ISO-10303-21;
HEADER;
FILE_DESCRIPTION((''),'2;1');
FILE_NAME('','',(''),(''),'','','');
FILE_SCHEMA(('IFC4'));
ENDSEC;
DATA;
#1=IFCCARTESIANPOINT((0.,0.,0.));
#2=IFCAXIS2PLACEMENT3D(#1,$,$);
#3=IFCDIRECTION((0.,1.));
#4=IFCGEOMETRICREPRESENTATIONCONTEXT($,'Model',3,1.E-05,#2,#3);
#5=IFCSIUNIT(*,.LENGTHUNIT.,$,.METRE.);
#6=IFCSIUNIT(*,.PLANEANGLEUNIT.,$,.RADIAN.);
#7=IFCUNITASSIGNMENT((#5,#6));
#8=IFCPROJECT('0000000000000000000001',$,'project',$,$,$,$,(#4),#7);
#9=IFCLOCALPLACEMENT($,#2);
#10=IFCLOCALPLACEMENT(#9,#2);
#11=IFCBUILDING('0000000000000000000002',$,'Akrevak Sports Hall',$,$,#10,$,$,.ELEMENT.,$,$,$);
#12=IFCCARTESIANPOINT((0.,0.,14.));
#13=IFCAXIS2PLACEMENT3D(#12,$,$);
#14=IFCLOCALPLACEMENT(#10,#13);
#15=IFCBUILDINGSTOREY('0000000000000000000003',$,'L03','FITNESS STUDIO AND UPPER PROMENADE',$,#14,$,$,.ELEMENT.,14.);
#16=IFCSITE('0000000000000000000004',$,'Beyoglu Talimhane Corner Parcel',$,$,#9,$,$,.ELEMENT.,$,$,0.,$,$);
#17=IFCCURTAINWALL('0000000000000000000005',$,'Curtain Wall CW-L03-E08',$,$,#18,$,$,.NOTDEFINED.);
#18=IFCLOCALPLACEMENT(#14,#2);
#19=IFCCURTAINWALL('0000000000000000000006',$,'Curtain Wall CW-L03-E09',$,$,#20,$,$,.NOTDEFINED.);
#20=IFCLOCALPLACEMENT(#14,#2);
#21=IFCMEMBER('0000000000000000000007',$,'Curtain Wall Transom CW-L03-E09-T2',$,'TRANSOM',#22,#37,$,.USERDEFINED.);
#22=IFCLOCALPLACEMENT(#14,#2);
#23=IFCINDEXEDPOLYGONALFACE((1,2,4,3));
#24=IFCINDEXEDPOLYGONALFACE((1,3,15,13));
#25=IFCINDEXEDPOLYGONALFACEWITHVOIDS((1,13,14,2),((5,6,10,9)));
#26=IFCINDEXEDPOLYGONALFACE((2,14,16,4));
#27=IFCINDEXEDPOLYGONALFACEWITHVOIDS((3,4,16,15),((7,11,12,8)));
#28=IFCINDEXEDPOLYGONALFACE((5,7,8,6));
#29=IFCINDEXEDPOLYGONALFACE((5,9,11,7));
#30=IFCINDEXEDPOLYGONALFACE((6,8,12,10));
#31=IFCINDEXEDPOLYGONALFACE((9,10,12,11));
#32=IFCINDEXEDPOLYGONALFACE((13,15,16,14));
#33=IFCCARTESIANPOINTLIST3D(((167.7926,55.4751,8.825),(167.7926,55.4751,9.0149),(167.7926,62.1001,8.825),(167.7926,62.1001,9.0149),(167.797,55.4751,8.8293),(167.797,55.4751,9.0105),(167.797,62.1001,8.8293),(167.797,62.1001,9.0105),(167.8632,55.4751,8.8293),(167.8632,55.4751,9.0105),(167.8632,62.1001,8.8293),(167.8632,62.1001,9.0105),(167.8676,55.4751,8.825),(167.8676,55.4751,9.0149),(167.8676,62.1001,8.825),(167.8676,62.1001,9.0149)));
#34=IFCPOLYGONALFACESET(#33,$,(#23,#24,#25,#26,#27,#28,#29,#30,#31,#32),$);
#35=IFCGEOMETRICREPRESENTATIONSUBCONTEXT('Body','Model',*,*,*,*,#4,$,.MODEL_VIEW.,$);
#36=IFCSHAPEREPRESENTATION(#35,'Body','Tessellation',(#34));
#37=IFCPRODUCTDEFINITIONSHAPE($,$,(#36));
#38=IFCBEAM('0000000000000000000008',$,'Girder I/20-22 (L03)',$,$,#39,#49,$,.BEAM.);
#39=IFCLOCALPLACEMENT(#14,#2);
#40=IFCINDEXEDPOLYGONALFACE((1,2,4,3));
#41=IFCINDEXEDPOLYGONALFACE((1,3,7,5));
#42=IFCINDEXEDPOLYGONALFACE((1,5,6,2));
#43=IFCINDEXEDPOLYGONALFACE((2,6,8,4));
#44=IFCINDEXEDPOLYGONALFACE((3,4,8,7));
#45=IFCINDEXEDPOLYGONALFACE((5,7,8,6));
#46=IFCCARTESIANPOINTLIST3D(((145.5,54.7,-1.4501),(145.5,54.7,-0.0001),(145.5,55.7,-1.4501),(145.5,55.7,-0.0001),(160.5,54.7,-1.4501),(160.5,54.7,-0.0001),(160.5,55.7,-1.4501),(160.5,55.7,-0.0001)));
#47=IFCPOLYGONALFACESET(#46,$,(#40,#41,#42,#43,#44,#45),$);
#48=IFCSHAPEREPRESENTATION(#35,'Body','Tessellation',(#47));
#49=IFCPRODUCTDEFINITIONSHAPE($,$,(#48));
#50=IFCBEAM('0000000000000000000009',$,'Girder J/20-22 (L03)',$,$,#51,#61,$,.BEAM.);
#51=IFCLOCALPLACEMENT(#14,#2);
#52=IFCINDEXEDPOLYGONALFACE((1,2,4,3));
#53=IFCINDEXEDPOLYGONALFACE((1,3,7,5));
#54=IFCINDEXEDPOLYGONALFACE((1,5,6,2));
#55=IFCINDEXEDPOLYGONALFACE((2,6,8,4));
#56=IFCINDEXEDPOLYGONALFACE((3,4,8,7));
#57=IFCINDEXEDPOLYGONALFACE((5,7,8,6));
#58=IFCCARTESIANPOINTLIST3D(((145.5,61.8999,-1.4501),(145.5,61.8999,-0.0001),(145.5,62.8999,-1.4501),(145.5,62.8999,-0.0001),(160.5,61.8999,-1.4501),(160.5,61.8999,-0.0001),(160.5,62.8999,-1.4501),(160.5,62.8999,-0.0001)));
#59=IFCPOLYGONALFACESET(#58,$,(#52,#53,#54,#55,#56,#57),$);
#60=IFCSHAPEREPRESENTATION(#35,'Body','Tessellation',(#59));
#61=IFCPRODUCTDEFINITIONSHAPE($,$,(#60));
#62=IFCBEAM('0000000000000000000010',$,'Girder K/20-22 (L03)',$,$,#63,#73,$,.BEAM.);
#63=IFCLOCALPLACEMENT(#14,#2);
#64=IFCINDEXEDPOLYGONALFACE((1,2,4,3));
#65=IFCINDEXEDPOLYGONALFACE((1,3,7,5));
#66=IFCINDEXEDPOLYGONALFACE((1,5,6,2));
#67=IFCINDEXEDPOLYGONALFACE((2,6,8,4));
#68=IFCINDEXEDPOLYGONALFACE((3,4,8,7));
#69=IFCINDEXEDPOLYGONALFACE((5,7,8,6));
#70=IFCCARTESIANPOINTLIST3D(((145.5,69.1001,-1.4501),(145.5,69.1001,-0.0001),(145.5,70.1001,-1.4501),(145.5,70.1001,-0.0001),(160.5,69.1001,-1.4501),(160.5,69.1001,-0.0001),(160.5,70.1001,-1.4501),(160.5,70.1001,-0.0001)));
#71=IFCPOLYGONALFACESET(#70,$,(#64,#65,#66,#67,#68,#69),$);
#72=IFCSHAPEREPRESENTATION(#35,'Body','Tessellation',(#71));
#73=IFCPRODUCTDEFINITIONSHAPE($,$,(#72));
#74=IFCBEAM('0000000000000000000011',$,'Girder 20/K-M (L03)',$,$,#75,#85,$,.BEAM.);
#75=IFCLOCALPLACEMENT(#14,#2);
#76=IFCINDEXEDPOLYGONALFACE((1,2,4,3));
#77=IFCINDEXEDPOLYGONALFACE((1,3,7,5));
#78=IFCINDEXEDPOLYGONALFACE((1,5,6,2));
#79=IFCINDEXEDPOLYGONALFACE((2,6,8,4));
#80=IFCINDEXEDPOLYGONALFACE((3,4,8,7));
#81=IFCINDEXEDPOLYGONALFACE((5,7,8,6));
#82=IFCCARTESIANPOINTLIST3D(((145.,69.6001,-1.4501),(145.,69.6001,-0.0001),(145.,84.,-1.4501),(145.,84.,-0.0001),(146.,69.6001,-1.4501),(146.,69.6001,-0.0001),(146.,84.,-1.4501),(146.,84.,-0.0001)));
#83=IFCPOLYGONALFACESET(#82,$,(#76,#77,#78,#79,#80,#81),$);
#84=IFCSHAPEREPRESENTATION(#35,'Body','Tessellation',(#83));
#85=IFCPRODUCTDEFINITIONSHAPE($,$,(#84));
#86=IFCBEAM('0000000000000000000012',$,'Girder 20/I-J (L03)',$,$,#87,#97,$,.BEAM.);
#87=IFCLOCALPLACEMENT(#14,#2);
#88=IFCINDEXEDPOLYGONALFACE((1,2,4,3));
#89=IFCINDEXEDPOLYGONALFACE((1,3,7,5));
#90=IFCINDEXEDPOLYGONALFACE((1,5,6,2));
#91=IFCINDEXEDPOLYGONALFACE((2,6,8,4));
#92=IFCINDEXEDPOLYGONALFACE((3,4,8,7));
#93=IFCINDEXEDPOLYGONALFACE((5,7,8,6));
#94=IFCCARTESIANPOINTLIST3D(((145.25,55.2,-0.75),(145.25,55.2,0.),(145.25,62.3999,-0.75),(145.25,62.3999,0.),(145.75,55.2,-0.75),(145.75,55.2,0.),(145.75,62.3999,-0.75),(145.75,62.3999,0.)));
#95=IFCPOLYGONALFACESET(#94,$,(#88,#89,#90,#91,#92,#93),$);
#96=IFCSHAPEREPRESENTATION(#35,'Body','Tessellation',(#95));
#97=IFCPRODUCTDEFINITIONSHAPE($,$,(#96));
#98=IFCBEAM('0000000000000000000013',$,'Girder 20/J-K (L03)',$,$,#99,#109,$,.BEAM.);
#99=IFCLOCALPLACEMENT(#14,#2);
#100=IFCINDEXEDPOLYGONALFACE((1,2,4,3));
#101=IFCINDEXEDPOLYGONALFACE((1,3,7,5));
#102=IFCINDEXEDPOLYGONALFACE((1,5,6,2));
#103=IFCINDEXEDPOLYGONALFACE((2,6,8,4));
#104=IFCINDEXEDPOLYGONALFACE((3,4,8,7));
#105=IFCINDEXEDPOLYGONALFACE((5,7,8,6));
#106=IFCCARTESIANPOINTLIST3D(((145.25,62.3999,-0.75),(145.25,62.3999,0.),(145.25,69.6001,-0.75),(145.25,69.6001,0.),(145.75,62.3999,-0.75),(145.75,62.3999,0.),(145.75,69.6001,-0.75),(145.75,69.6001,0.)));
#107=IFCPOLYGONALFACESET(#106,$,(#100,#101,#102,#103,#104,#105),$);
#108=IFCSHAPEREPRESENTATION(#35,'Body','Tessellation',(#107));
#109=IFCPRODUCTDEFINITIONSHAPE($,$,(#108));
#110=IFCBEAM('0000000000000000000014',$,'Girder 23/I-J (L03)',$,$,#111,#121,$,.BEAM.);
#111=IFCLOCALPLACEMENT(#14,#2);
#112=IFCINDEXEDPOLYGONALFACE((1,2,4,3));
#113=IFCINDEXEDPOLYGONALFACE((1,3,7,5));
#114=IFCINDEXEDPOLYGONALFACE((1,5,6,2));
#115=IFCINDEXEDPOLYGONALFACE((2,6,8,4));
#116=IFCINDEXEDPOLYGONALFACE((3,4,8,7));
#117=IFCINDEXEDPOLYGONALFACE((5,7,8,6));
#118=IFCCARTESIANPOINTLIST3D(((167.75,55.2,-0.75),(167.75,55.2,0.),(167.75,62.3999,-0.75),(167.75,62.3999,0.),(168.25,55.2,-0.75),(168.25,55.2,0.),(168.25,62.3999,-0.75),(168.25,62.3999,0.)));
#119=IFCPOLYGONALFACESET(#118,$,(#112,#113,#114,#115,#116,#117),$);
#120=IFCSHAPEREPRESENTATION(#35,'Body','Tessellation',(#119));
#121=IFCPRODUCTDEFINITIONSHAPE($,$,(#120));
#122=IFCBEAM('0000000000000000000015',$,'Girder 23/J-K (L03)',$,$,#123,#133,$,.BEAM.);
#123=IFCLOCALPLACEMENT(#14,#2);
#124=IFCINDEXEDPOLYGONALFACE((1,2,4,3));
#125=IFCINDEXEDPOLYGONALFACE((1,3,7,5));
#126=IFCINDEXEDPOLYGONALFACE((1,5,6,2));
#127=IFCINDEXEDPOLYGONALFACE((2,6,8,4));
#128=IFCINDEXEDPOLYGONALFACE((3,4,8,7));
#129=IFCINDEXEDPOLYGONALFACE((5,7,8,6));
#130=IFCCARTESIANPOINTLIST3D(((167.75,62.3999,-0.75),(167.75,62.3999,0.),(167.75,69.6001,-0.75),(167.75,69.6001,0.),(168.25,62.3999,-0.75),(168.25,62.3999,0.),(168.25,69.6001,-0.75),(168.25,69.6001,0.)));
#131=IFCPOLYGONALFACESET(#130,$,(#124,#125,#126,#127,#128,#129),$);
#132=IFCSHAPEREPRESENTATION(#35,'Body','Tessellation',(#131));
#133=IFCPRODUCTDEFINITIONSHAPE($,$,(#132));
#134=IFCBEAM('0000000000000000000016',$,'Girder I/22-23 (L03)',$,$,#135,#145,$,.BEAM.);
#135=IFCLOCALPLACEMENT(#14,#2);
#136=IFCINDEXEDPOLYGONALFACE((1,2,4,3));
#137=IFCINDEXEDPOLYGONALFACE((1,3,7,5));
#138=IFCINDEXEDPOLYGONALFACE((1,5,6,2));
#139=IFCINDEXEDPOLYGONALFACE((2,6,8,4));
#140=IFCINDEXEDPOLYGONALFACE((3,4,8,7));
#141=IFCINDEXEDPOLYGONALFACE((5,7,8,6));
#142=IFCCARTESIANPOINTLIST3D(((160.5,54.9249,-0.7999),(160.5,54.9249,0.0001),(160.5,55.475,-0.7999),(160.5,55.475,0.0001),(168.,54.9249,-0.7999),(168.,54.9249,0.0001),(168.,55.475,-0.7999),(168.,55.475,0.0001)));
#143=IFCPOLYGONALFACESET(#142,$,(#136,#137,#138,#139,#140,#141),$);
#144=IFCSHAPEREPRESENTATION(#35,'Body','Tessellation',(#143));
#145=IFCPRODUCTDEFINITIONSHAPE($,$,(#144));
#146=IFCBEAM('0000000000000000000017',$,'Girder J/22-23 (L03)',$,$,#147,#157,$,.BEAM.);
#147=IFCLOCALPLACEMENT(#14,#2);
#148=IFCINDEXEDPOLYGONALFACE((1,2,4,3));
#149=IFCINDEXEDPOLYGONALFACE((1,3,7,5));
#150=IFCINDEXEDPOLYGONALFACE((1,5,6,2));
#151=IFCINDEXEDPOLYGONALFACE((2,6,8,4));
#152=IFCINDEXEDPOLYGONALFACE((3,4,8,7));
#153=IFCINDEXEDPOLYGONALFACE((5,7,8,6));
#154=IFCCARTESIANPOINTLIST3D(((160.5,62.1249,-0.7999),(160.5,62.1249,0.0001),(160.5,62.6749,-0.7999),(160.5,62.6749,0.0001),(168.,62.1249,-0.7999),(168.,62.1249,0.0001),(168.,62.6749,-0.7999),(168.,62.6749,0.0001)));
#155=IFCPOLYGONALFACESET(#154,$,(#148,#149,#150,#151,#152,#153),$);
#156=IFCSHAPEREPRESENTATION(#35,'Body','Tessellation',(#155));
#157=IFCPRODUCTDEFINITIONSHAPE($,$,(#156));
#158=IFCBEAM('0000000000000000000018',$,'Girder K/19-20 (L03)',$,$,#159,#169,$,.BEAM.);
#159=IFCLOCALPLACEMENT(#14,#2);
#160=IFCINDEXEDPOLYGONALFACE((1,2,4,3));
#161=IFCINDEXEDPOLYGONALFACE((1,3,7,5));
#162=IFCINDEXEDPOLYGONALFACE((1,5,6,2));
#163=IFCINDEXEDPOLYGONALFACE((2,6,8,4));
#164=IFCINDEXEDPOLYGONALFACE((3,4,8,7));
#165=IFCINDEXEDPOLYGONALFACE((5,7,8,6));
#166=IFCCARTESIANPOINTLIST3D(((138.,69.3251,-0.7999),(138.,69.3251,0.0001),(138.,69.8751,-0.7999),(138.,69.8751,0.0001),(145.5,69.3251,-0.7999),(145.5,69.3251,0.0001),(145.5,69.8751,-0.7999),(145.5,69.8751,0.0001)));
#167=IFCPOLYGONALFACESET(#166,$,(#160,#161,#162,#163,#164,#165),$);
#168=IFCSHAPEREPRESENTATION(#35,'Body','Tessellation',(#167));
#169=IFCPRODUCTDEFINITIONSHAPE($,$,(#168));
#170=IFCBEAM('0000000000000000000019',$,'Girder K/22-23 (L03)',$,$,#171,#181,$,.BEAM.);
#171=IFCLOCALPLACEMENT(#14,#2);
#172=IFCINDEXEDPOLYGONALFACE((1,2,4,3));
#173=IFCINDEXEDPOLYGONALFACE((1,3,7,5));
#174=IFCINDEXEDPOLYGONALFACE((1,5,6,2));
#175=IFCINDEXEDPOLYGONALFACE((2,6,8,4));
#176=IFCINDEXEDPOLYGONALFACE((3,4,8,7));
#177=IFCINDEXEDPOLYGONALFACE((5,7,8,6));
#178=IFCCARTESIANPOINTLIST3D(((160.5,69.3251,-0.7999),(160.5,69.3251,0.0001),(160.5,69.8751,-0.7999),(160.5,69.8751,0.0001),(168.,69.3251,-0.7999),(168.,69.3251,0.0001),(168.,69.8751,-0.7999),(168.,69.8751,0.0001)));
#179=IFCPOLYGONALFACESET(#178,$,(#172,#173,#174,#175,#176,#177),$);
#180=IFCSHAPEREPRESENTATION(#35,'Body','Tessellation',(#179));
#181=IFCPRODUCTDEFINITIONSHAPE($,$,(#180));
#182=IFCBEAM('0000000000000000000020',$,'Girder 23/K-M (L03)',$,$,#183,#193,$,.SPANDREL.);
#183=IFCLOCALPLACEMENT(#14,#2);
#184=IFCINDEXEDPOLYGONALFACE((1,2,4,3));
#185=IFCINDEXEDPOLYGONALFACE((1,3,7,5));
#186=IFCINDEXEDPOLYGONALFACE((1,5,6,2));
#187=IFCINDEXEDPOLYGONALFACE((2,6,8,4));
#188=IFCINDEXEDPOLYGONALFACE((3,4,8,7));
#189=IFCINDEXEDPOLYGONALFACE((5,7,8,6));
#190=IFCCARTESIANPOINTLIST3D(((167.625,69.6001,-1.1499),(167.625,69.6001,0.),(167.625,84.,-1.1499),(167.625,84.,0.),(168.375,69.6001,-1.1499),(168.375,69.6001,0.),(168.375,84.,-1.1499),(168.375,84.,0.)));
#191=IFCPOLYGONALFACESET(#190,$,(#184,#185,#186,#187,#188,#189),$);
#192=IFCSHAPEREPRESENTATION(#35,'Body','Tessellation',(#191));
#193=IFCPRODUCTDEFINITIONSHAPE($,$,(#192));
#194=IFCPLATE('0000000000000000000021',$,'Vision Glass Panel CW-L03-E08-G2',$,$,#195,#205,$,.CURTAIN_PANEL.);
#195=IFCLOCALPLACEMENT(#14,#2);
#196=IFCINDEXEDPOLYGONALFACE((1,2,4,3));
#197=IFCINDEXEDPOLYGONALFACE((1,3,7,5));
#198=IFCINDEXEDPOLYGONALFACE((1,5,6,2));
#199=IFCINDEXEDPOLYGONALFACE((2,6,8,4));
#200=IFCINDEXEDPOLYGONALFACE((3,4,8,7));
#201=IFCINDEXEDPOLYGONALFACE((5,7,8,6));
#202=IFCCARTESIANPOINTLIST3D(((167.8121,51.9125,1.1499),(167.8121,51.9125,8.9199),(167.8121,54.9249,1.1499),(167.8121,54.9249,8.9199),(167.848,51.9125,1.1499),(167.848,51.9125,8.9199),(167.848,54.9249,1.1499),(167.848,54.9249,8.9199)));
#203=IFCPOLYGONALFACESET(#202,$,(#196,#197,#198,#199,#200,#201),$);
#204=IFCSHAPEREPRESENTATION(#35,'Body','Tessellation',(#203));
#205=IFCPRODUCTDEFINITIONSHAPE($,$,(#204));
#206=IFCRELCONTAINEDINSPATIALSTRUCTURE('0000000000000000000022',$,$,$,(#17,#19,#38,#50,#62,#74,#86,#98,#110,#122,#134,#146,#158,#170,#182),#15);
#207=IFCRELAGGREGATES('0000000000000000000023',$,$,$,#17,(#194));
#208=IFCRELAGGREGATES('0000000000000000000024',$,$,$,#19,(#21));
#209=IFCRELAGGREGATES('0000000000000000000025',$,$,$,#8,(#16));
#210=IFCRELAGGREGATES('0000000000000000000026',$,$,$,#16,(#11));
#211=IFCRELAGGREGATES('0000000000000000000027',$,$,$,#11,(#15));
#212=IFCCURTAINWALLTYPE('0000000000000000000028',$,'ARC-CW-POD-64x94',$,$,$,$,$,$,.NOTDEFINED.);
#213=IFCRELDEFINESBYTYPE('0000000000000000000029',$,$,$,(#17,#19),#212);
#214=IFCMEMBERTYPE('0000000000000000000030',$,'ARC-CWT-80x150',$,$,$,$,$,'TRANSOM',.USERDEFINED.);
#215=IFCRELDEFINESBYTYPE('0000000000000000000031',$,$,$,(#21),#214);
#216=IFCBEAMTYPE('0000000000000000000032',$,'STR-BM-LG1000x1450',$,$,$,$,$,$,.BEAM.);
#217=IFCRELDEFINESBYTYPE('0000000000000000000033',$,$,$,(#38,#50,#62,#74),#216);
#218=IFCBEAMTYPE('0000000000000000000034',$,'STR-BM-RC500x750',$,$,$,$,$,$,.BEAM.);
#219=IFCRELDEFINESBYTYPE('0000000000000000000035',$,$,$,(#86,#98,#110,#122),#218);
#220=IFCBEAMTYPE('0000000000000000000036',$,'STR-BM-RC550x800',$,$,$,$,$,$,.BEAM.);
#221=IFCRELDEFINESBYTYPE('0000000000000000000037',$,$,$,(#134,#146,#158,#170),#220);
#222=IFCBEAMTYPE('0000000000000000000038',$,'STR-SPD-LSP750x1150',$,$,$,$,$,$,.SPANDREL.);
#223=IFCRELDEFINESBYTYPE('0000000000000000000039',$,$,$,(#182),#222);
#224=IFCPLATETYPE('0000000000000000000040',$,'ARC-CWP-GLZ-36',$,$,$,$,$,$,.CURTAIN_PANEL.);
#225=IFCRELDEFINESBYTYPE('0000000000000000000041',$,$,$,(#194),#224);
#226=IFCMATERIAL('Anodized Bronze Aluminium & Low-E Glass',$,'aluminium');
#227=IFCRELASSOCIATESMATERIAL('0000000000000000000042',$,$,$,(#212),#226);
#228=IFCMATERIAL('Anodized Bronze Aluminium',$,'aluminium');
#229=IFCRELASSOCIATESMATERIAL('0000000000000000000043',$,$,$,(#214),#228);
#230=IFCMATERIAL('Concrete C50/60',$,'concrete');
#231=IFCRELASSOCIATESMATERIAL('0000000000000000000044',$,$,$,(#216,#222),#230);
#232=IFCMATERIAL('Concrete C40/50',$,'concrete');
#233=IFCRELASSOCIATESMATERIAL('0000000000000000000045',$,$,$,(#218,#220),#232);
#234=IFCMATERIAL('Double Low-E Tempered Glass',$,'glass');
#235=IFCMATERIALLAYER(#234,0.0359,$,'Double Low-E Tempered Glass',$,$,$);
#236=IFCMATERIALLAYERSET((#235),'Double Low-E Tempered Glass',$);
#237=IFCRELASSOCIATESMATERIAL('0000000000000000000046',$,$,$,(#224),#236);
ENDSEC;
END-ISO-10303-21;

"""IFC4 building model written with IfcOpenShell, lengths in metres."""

from ifc_helpers import new_model, si_unit, direction, frame, origin, origin_2d, place, context, subcontext, project, spatial, rectangle, hollow_rectangle, extrude, material, layer, layer_set, material_profile, profile_set, type_object, element, aggregate, save


model = new_model("IFC4")

# Units and contexts
model_context = context("Model", 3, precision=1e-05, world=origin(), true_north=direction((0.0, 1.0)))
body_context = subcontext(model_context, "Body", "Model", "MODEL_VIEW")
ifc_project = project(units=[si_unit("LENGTHUNIT", "METRE"), si_unit("PLANEANGLEUNIT", "RADIAN")], contexts=[model_context])

# Site, building, storey
site_placement = place(None, origin())
site = spatial("IfcSite", under=ifc_project, at=site_placement, Name="Beyoglu Talimhane Corner Parcel", CompositionType="ELEMENT", RefElevation=0.0)
building_placement = place(site_placement, origin())
building = spatial("IfcBuilding", under=site, at=building_placement, Name="Akrevak Sports Hall", CompositionType="ELEMENT")
storey_placement = place(building_placement, frame((0.0, 0.0, 14.0)))
storey = spatial("IfcBuildingStorey", under=building, at=storey_placement, Name="L03", Description="FITNESS STUDIO AND UPPER PROMENADE", CompositionType="ELEMENT", Elevation=14.0)

# Shared definitions
ifc_material_1 = material(Name="Concrete C40/50", Category="concrete")

# Curtain wall
ifc_material_2 = material(Name="Anodized Bronze Aluminium & Low-E Glass", Category="aluminium")
curtain_wall_type = type_object("IfcCurtainWallType", Name="ARC-CW-POD-64x94", PredefinedType="NOTDEFINED", material=ifc_material_2)
curtain_wall_1_placement = place(storey_placement, origin())
curtain_wall_1 = element("IfcCurtainWall", 1, at=curtain_wall_1_placement, inside=storey, type_object=curtain_wall_type, Name="Curtain Wall CW-L03-E08", PredefinedType="NOTDEFINED")
ifc_material_3 = material(Name="Anodized Bronze Aluminium", Category="aluminium")

# Curtain wall, member
curtain_wall_2_placement = place(storey_placement, origin())
curtain_wall_2 = element("IfcCurtainWall", 2, at=curtain_wall_2_placement, inside=storey, type_object=curtain_wall_type, Name="Curtain Wall CW-L03-E09", PredefinedType="NOTDEFINED")
ifc_material_profile_1 = material_profile(ifc_material_3, hollow_rectangle(XDim=0.075, YDim=0.1899, WallThickness=0.0044, at=origin_2d()), Name="CWT 75x190", Category="aluminium")
ifc_profile_set_1 = profile_set([ifc_material_profile_1], Name="Anodized Bronze Aluminium")
member_type_1 = type_object("IfcMemberType", Name="ARC-CWT-80x150", ElementType="TRANSOM", PredefinedType="USERDEFINED", material=ifc_profile_set_1)
member_1_placement = place(storey_placement, frame((167.8301, 55.4751, 8.9199), z_axis=(0.0, 1.0, 0.0), x_axis=(-1.0, 0.0, 0.0)))
member_1 = element("IfcMember", 3, at=member_1_placement, type_object=member_type_1, Name="Curtain Wall Transom CW-L03-E09-T2", ObjectType="TRANSOM", PredefinedType="USERDEFINED", context=body_context, shape_type="SweptSolid", body=[
    extrude(hollow_rectangle(XDim=0.075, YDim=0.1899, WallThickness=0.0044, at=origin_2d()), origin(), (0.0, 0.0, 1.0), 6.625),
])

# Beams
ifc_material_4 = material(Name="Concrete C50/60", Category="concrete")
ifc_material_profile_2 = material_profile(ifc_material_4, rectangle(XDim=1.0, YDim=1.45, at=origin_2d()), Name="BM 1000x1450", Category="concrete")
ifc_profile_set_2 = profile_set([ifc_material_profile_2], Name="Concrete C50/60")
beam_type_1 = type_object("IfcBeamType", Name="STR-BM-LG1000x1450", PredefinedType="BEAM", material=ifc_profile_set_2)
for number, where, z_axis, x_axis, name in (
    (4, (145.5, 55.2, -0.7251), (1.0, 0.0, 0.0), (0.0, 1.0, 0.0), "Girder I/20-22 (L03)"),
    (5, (145.5, 62.3999, -0.7251), (1.0, 0.0, 0.0), (0.0, 1.0, 0.0), "Girder J/20-22 (L03)"),
    (6, (145.5, 69.6001, -0.7251), (1.0, 0.0, 0.0), (0.0, 1.0, 0.0), "Girder K/20-22 (L03)"),
):
    element("IfcBeam", number, at=place(storey_placement, frame(where, z_axis=z_axis, x_axis=x_axis)), inside=storey, type_object=beam_type_1, Name=name, PredefinedType="BEAM", context=body_context, shape_type="SweptSolid", body=[
        extrude(rectangle(XDim=1.0, YDim=1.45, at=origin_2d()), origin(), (0.0, 0.0, 1.0), 15.0),
    ])
beam_1_placement = place(storey_placement, frame((145.5, 69.6001, -0.7251), z_axis=(0.0, 1.0, 0.0), x_axis=(-1.0, 0.0, 0.0)))
element("IfcBeam", 7, at=beam_1_placement, inside=storey, type_object=beam_type_1, Name="Girder 20/K-M (L03)", PredefinedType="BEAM", context=body_context, shape_type="SweptSolid", body=[
    extrude(rectangle(XDim=1.0, YDim=1.45, at=origin_2d()), origin(), (0.0, 0.0, 1.0), 14.3999),
])
ifc_material_profile_3 = material_profile(ifc_material_1, rectangle(XDim=0.5, YDim=0.75, at=origin_2d()), Name="BM 500x750", Category="concrete")
ifc_profile_set_3 = profile_set([ifc_material_profile_3], Name="Concrete C40/50")
beam_type_2 = type_object("IfcBeamType", Name="STR-BM-RC500x750", PredefinedType="BEAM", material=ifc_profile_set_3)
beam_2_placement = place(storey_placement, frame((145.5, 55.2, -0.375), z_axis=(0.0, 1.0, 0.0), x_axis=(-1.0, 0.0, 0.0)))
element("IfcBeam", 8, at=beam_2_placement, inside=storey, type_object=beam_type_2, Name="Girder 20/I-J (L03)", PredefinedType="BEAM", context=body_context, shape_type="SweptSolid", body=[
    extrude(rectangle(XDim=0.5, YDim=0.75, at=origin_2d()), origin(), (0.0, 0.0, 1.0), 7.2),
])
beam_3_placement = place(storey_placement, frame((145.5, 62.3999, -0.375), z_axis=(0.0, 1.0, 0.0), x_axis=(-1.0, 0.0, 0.0)))
element("IfcBeam", 9, at=beam_3_placement, inside=storey, type_object=beam_type_2, Name="Girder 20/J-K (L03)", PredefinedType="BEAM", context=body_context, shape_type="SweptSolid", body=[
    extrude(rectangle(XDim=0.5, YDim=0.75, at=origin_2d()), origin(), (0.0, 0.0, 1.0), 7.2002),
])
beam_4_placement = place(storey_placement, frame((168.0, 55.2, -0.375), z_axis=(0.0, 1.0, 0.0), x_axis=(-1.0, 0.0, 0.0)))
element("IfcBeam", 10, at=beam_4_placement, inside=storey, type_object=beam_type_2, Name="Girder 23/I-J (L03)", PredefinedType="BEAM", context=body_context, shape_type="SweptSolid", body=[
    extrude(rectangle(XDim=0.5, YDim=0.75, at=origin_2d()), origin(), (0.0, 0.0, 1.0), 7.2),
])
beam_5_placement = place(storey_placement, frame((168.0, 62.3999, -0.375), z_axis=(0.0, 1.0, 0.0), x_axis=(-1.0, 0.0, 0.0)))
element("IfcBeam", 11, at=beam_5_placement, inside=storey, type_object=beam_type_2, Name="Girder 23/J-K (L03)", PredefinedType="BEAM", context=body_context, shape_type="SweptSolid", body=[
    extrude(rectangle(XDim=0.5, YDim=0.75, at=origin_2d()), origin(), (0.0, 0.0, 1.0), 7.2002),
])
ifc_material_profile_4 = material_profile(ifc_material_1, rectangle(XDim=0.55, YDim=0.8, at=origin_2d()), Name="BM 550x800", Category="concrete")
ifc_profile_set_4 = profile_set([ifc_material_profile_4], Name="Concrete C40/50")
beam_type_3 = type_object("IfcBeamType", Name="STR-BM-RC550x800", PredefinedType="BEAM", material=ifc_profile_set_4)
for number, where, z_axis, x_axis, name in (
    (12, (160.5, 55.2, -0.3999), (1.0, 0.0, 0.0), (0.0, 1.0, 0.0), "Girder I/22-23 (L03)"),
    (13, (160.5, 62.3999, -0.3999), (1.0, 0.0, 0.0), (0.0, 1.0, 0.0), "Girder J/22-23 (L03)"),
    (14, (138.0, 69.6001, -0.3999), (1.0, 0.0, 0.0), (0.0, 1.0, 0.0), "Girder K/19-20 (L03)"),
    (15, (160.5, 69.6001, -0.3999), (1.0, 0.0, 0.0), (0.0, 1.0, 0.0), "Girder K/22-23 (L03)"),
):
    element("IfcBeam", number, at=place(storey_placement, frame(where, z_axis=z_axis, x_axis=x_axis)), inside=storey, type_object=beam_type_3, Name=name, PredefinedType="BEAM", context=body_context, shape_type="SweptSolid", body=[
        extrude(rectangle(XDim=0.55, YDim=0.8, at=origin_2d()), origin(), (0.0, 0.0, 1.0), 7.5),
    ])
ifc_material_profile_5 = material_profile(ifc_material_4, rectangle(XDim=0.75, YDim=1.1499, at=origin_2d()), Name="SPD 750x1150", Category="concrete")
ifc_profile_set_5 = profile_set([ifc_material_profile_5], Name="Concrete C50/60")
beam_type_4 = type_object("IfcBeamType", Name="STR-SPD-LSP750x1150", PredefinedType="SPANDREL", material=ifc_profile_set_5)
beam_6_placement = place(storey_placement, frame((168.0, 69.6001, -0.575), z_axis=(0.0, 1.0, 0.0), x_axis=(-1.0, 0.0, 0.0)))
element("IfcBeam", 16, at=beam_6_placement, inside=storey, type_object=beam_type_4, Name="Girder 23/K-M (L03)", PredefinedType="SPANDREL", context=body_context, shape_type="SweptSolid", body=[
    extrude(rectangle(XDim=0.75, YDim=1.1499, at=origin_2d()), origin(), (0.0, 0.0, 1.0), 14.3999),
])

# Plate
ifc_material_5 = material(Name="Double Low-E Tempered Glass", Category="glass")
ifc_layer_1 = layer(ifc_material_5, 0.0359, Name="Double Low-E Tempered Glass")
ifc_layer_set_1 = layer_set([ifc_layer_1], Name="Double Low-E Tempered Glass")
plate_type_1 = type_object("IfcPlateType", Name="ARC-CWP-GLZ-36", PredefinedType="CURTAIN_PANEL", material=ifc_layer_set_1)
plate_1_placement = place(storey_placement, frame((167.8301, 53.4187, 1.1499), z_axis=(0.0, 0.0, 1.0), x_axis=(0.0, 1.0, 0.0)))
plate_1 = element("IfcPlate", 17, at=plate_1_placement, type_object=plate_type_1, Name="Vision Glass Panel CW-L03-E08-G2", PredefinedType="CURTAIN_PANEL", context=body_context, shape_type="SweptSolid", body=[
    extrude(rectangle(XDim=3.0125, YDim=0.0359, at=origin_2d()), origin(), (0.0, 0.0, 1.0), 7.77),
])
aggregate(curtain_wall_1, [plate_1])
aggregate(curtain_wall_2, [member_1])

save(model, "model.ifc")
